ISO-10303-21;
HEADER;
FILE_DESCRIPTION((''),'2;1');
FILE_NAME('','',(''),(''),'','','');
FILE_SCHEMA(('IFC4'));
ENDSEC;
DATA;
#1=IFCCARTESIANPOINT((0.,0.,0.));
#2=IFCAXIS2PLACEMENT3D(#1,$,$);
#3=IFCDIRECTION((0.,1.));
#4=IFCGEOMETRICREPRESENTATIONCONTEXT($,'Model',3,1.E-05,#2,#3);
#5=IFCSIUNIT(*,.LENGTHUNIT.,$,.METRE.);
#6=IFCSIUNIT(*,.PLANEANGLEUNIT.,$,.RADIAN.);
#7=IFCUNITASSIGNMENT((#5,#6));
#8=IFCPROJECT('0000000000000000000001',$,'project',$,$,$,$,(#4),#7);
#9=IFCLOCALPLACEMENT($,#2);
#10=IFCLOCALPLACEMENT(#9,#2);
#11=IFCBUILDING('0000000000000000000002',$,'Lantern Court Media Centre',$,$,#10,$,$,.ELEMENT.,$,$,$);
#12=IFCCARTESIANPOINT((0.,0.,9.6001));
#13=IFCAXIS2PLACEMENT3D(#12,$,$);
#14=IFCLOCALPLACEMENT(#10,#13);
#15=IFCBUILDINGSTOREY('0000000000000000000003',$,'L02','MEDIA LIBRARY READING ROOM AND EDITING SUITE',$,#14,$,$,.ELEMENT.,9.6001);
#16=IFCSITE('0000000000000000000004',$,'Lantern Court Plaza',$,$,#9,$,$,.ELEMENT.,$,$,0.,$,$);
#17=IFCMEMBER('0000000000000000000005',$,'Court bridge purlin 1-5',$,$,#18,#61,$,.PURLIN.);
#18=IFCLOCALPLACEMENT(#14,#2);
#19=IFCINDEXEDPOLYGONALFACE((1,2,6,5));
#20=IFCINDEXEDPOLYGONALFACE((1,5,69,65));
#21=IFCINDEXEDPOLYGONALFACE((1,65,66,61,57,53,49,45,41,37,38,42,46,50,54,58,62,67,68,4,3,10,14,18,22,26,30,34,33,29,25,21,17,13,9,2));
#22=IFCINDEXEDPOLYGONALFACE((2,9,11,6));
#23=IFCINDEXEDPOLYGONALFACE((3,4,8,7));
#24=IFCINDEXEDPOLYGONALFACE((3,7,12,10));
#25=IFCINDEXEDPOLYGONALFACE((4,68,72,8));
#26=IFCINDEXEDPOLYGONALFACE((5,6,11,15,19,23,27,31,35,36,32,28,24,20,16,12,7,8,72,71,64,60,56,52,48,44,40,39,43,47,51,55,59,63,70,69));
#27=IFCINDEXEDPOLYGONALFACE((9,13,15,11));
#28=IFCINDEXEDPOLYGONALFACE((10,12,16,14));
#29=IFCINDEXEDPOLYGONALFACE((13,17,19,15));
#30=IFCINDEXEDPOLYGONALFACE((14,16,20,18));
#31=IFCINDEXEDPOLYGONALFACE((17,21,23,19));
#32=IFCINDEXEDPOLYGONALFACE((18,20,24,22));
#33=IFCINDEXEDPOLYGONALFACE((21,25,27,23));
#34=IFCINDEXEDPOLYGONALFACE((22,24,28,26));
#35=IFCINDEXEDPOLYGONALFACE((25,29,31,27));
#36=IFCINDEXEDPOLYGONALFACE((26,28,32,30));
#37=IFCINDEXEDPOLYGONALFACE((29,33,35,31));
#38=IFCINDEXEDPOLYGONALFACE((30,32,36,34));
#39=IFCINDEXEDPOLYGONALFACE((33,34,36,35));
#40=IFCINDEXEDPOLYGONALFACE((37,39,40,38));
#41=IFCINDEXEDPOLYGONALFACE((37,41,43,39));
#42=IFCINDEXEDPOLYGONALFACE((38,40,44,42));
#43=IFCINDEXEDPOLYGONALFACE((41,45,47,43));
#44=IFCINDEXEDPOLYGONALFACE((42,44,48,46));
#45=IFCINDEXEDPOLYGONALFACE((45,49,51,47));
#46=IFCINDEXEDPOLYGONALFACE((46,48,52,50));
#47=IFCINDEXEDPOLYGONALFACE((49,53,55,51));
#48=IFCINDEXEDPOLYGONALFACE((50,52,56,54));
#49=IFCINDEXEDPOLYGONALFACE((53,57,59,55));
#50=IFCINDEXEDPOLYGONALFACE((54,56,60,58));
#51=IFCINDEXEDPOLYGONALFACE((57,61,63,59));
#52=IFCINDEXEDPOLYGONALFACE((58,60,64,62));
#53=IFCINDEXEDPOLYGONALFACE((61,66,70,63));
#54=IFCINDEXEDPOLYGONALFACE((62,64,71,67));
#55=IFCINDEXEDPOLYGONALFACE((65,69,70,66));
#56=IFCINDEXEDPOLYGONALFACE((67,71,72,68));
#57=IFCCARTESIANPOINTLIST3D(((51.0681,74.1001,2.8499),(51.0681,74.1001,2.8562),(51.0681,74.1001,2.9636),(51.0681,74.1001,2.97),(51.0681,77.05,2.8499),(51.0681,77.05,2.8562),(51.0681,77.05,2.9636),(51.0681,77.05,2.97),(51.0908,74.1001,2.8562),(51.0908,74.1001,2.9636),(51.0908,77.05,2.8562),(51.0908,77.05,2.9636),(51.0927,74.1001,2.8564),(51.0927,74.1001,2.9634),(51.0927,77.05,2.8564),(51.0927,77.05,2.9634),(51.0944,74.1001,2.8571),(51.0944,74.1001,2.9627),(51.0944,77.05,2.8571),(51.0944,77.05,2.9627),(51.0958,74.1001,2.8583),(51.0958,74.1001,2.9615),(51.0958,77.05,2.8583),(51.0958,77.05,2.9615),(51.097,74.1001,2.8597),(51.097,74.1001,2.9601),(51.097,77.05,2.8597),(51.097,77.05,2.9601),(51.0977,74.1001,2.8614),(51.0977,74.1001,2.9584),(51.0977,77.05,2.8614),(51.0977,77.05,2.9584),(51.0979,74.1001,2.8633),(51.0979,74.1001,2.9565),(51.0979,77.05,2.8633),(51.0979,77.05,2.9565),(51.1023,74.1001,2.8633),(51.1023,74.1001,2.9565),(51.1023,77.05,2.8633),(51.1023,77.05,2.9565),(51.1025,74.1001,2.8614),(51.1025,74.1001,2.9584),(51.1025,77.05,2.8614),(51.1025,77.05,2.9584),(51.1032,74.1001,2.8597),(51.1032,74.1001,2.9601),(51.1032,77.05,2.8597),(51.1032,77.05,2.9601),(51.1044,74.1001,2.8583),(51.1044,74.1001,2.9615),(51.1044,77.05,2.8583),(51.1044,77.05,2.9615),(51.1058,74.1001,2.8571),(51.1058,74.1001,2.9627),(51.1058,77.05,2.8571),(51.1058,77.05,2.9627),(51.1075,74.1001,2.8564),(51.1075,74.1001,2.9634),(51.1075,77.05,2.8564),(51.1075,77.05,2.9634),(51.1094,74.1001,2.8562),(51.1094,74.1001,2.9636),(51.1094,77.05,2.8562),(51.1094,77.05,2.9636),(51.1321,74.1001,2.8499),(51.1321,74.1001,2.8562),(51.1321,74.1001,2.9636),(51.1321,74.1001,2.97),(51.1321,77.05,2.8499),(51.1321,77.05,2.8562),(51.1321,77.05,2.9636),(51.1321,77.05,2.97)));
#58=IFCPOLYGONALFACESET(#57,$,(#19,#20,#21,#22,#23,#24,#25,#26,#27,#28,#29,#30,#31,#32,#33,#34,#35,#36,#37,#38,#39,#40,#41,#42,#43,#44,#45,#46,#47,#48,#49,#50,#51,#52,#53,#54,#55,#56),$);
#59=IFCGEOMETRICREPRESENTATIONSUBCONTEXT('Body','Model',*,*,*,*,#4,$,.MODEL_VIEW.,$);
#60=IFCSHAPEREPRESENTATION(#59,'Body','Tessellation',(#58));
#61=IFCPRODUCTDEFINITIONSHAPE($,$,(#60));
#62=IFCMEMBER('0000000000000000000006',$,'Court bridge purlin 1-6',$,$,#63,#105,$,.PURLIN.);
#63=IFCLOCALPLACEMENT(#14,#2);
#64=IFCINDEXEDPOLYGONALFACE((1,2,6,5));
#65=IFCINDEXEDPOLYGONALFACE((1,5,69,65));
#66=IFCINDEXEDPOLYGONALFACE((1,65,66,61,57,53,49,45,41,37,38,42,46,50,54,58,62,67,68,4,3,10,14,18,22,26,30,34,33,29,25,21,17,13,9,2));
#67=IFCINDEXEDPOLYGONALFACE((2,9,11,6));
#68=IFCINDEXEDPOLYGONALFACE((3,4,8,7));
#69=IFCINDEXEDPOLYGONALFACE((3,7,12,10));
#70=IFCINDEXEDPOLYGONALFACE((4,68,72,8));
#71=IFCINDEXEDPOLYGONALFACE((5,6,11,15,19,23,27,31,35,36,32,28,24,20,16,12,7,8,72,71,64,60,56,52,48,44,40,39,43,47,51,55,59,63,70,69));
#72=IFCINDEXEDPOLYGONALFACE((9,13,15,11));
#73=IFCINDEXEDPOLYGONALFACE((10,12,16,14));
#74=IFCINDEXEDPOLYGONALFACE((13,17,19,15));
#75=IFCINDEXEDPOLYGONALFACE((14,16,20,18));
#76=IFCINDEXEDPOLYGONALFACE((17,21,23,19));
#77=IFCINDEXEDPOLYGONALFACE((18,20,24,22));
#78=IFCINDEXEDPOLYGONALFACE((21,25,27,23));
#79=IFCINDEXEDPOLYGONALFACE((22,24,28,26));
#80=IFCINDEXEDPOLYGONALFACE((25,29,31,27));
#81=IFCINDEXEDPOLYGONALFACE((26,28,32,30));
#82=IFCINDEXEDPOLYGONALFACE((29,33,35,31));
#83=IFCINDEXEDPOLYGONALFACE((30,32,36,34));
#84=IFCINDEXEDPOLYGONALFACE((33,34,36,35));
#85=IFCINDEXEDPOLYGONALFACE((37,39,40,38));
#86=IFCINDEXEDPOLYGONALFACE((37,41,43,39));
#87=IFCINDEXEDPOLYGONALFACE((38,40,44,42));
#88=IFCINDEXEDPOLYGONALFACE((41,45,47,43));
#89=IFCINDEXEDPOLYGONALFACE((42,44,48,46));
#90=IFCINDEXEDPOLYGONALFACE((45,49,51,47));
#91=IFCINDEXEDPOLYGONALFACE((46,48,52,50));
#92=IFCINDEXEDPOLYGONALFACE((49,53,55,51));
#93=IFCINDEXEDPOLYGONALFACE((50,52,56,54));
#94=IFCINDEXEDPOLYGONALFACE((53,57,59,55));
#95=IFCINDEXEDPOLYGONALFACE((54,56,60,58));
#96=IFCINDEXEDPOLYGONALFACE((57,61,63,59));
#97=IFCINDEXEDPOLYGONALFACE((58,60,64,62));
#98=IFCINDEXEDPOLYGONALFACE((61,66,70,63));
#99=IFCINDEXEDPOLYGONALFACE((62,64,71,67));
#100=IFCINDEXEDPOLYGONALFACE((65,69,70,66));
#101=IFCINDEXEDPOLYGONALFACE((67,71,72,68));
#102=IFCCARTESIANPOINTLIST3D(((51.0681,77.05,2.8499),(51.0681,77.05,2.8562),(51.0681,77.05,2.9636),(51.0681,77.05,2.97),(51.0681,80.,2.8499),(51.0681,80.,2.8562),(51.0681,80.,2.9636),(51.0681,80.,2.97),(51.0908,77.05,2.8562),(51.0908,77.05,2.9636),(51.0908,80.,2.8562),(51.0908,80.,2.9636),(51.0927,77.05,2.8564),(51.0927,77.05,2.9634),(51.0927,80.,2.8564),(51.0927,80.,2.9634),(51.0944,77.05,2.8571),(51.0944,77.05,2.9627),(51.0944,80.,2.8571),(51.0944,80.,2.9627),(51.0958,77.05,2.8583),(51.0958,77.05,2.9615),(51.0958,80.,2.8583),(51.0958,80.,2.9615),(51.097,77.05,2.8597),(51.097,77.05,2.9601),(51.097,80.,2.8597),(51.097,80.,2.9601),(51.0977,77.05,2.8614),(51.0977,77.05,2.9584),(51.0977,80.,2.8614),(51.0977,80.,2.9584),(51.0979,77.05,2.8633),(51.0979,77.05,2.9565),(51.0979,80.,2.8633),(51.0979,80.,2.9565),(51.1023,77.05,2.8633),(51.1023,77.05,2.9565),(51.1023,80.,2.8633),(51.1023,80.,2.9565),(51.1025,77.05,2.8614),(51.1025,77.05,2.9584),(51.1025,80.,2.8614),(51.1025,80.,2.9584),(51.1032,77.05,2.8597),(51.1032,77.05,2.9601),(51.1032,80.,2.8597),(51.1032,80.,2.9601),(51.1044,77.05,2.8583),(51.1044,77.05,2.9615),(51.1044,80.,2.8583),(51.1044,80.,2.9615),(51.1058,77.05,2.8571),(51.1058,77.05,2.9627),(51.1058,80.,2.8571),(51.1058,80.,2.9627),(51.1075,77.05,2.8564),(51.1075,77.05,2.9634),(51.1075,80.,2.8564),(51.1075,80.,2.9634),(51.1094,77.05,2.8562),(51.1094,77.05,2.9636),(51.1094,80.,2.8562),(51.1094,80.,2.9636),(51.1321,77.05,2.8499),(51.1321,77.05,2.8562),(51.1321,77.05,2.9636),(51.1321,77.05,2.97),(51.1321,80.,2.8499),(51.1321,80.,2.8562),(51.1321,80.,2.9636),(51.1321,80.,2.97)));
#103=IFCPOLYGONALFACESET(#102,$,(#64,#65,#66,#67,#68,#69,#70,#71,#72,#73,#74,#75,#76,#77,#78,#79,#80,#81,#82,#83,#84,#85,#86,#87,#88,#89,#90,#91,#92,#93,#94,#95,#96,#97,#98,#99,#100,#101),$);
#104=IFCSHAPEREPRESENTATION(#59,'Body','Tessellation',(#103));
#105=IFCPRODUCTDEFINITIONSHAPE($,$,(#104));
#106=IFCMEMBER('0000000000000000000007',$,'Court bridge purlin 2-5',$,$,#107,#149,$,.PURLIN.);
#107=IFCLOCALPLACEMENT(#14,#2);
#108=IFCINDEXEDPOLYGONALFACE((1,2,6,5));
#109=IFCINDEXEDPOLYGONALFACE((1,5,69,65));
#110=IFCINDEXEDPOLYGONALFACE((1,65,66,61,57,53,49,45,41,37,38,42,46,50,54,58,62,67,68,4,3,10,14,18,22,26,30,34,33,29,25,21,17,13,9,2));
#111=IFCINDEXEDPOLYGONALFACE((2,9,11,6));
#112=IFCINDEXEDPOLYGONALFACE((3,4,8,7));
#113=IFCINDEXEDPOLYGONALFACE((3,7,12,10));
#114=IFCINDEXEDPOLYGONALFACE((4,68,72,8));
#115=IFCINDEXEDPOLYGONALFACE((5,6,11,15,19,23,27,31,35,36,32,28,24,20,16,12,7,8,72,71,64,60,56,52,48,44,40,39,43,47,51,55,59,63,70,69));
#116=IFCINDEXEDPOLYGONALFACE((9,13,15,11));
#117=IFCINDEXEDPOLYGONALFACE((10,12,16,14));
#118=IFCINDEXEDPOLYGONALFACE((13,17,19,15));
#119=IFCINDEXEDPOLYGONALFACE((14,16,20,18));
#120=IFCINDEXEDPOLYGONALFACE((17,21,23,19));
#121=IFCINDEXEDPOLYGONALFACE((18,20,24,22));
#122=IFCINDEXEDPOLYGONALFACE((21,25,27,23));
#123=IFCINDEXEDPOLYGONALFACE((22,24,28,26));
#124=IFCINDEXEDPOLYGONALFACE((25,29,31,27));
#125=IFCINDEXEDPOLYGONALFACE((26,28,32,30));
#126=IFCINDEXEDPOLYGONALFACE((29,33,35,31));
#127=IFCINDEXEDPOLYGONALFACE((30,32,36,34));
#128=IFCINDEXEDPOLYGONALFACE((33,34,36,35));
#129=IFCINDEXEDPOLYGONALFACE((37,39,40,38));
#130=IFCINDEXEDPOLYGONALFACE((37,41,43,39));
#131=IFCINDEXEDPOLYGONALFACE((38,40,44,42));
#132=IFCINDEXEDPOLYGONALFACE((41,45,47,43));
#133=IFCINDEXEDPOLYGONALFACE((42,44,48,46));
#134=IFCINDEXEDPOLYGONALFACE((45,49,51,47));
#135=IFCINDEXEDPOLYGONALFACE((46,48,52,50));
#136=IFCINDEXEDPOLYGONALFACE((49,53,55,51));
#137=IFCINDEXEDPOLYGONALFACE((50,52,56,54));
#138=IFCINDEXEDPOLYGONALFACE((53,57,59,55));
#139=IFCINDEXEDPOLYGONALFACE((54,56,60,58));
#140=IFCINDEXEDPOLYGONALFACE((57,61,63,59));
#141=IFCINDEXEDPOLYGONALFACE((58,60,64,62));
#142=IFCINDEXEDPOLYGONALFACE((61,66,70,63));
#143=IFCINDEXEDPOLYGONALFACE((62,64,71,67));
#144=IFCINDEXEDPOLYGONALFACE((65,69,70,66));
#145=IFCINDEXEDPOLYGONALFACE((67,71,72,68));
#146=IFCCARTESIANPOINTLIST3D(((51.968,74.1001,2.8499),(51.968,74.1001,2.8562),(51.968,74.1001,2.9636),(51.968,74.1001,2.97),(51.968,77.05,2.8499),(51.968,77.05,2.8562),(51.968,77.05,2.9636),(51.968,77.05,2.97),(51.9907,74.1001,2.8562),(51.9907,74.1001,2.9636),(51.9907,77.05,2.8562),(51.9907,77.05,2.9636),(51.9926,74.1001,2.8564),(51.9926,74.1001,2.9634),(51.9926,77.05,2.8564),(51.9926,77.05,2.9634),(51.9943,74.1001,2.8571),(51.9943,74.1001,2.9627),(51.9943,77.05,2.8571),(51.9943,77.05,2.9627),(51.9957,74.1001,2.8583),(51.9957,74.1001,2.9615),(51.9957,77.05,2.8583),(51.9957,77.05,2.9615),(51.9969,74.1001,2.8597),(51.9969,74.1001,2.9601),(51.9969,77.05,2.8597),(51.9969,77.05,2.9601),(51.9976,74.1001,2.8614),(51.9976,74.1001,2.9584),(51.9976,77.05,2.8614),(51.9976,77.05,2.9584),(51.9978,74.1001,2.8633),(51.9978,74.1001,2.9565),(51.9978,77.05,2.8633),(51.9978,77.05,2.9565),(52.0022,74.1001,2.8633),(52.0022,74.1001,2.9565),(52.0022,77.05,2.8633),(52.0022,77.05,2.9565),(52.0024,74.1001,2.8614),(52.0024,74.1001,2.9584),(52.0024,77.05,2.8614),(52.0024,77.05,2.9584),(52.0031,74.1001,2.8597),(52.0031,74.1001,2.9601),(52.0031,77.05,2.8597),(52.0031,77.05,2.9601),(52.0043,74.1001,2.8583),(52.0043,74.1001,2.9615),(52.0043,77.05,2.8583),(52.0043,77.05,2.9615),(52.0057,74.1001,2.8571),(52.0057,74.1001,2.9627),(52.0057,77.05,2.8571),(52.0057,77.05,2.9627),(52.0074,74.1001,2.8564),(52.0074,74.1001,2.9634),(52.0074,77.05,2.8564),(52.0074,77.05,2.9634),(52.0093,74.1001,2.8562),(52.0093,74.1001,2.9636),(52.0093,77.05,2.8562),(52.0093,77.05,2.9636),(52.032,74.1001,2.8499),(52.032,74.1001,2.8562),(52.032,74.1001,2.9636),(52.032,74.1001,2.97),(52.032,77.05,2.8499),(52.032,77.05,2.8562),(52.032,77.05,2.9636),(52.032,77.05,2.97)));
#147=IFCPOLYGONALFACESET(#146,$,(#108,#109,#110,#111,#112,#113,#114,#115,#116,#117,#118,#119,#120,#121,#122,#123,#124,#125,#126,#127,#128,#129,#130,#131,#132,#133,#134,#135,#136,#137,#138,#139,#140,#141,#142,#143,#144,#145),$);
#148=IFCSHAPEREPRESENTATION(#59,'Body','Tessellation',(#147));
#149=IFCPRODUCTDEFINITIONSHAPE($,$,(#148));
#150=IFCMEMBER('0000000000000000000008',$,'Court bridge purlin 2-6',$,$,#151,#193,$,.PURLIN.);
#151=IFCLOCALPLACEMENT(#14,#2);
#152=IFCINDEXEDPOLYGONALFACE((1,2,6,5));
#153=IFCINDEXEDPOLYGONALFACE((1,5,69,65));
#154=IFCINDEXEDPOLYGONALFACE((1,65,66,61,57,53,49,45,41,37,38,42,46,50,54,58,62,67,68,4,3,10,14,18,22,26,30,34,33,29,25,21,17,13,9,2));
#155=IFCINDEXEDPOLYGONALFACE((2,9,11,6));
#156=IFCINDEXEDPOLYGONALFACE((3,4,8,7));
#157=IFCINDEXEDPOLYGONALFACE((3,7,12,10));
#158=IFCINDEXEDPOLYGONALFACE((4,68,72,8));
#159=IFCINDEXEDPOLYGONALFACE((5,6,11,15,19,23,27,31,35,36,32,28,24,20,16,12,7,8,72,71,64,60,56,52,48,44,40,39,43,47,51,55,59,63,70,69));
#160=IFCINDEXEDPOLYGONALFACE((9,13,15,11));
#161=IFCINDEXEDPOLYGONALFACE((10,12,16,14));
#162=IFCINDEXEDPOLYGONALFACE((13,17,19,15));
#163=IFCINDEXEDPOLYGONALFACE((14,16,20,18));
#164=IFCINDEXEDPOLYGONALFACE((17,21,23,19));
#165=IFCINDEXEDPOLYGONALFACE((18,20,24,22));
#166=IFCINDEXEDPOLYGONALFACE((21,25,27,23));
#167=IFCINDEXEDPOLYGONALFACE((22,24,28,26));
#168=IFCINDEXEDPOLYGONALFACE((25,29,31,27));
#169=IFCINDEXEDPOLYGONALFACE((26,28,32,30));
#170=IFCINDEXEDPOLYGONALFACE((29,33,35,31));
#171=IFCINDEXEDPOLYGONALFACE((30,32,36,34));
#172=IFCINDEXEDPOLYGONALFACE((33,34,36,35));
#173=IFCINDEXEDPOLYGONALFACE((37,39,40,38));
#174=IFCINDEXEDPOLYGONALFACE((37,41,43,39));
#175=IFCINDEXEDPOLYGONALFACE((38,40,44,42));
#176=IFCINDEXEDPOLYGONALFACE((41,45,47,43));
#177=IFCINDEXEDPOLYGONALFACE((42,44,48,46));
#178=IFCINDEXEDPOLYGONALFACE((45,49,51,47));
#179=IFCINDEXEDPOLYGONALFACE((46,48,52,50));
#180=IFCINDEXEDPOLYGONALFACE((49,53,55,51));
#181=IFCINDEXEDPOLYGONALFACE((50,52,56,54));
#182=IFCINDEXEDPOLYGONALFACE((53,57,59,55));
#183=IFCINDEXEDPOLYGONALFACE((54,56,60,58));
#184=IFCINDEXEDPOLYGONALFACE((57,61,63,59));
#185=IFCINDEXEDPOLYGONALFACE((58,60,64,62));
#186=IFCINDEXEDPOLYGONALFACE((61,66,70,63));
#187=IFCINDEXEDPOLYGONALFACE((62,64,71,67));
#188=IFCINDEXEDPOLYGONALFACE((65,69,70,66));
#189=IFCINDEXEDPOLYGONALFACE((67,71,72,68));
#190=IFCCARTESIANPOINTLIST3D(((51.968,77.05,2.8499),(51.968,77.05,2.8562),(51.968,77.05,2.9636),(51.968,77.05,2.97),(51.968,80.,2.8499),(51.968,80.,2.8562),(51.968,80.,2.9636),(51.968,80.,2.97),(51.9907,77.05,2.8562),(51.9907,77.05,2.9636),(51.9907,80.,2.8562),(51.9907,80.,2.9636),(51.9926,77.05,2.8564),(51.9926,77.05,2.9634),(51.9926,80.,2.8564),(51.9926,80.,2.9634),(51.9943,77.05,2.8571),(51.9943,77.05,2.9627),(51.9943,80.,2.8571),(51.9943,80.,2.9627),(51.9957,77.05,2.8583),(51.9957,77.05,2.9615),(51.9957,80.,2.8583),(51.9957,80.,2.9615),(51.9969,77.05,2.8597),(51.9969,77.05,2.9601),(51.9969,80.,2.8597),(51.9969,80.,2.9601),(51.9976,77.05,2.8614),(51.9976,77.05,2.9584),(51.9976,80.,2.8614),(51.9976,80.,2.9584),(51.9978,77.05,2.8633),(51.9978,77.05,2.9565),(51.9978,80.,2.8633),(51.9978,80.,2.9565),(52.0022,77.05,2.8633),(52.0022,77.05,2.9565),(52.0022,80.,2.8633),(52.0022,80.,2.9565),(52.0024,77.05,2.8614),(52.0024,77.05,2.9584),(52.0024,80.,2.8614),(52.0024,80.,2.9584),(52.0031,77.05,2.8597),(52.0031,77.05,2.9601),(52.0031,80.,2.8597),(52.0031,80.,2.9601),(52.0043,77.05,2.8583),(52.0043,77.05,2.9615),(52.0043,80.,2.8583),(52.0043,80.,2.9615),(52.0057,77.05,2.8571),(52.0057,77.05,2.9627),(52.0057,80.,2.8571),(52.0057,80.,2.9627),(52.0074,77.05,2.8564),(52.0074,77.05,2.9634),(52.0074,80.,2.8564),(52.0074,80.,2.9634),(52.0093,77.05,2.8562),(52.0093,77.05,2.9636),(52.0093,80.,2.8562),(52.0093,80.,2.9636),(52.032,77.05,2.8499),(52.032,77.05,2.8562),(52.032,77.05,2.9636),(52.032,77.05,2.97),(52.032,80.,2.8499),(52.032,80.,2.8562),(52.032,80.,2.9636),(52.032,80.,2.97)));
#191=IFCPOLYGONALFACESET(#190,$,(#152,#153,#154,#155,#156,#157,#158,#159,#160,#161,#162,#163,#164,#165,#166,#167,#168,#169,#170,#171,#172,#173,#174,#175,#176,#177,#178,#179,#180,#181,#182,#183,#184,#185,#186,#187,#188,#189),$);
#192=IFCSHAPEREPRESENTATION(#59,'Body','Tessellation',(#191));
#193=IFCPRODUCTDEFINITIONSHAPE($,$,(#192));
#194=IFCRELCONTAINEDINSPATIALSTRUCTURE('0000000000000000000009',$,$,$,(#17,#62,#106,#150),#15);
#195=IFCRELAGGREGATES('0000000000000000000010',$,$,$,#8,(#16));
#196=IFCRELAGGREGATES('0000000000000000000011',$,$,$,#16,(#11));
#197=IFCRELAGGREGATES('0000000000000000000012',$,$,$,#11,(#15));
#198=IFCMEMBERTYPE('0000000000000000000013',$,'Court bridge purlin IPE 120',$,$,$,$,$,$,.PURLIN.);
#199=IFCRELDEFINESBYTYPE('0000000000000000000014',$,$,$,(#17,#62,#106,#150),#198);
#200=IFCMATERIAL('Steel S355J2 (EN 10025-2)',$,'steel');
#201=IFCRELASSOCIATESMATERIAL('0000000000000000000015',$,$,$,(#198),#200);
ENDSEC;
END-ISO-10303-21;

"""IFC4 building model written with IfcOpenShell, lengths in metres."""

from ifc_helpers import new_model, si_unit, direction, frame, origin, origin_2d, place, context, subcontext, project, spatial, i_section, extrude, material, material_profile, profile_set, type_object, element, save


model = new_model("IFC4")

# Units and contexts
model_context = context("Model", 3, precision=1e-05, world=origin(), true_north=direction((0.0, 1.0)))
body_context = subcontext(model_context, "Body", "Model", "MODEL_VIEW")
ifc_project = project(units=[si_unit("LENGTHUNIT", "METRE"), si_unit("PLANEANGLEUNIT", "RADIAN")], contexts=[model_context])

# Site, building, storey
site_placement = place(None, origin())
site = spatial("IfcSite", under=ifc_project, at=site_placement, Name="Lantern Court Plaza", CompositionType="ELEMENT", RefElevation=0.0)
building_placement = place(site_placement, origin())
building = spatial("IfcBuilding", under=site, at=building_placement, Name="Lantern Court Media Centre", CompositionType="ELEMENT")
storey_placement = place(building_placement, frame((0.0, 0.0, 9.6001)))
storey = spatial("IfcBuildingStorey", under=building, at=storey_placement, Name="L02", Description="MEDIA LIBRARY READING ROOM AND EDITING SUITE", CompositionType="ELEMENT", Elevation=9.6001)

# Shared definitions
ifc_material_1 = material(Name="Steel S355J2 (EN 10025-2)", Category="steel")

# Members
ifc_material_profile_1 = material_profile(ifc_material_1, i_section(OverallWidth=0.064, OverallDepth=0.1201, WebThickness=0.0044, FlangeThickness=0.0063, FilletRadius=0.0071, at=origin_2d()), Name="IPE 120")
ifc_profile_set_1 = profile_set([ifc_material_profile_1], Name="Steel S355J2 (EN 10025-2)")
member_type_1 = type_object("IfcMemberType", Name="Court bridge purlin IPE 120", PredefinedType="PURLIN", material=ifc_profile_set_1)
for number, where, z_axis, x_axis, name in (
    (1, (51.1001, 74.1001, 2.9099), (0.0, 1.0, 0.0), (-1.0, 0.0, 0.0), "Court bridge purlin 1-5"),
    (2, (51.1001, 77.05, 2.9099), (0.0, 1.0, 0.0), (-1.0, 0.0, 0.0), "Court bridge purlin 1-6"),
    (3, (52.0, 74.1001, 2.9099), (0.0, 1.0, 0.0), (-1.0, 0.0, 0.0), "Court bridge purlin 2-5"),
    (4, (52.0, 77.05, 2.9099), (0.0, 1.0, 0.0), (-1.0, 0.0, 0.0), "Court bridge purlin 2-6"),
):
    element("IfcMember", number, at=place(storey_placement, frame(where, z_axis=z_axis, x_axis=x_axis)), inside=storey, type_object=member_type_1, Name=name, PredefinedType="PURLIN", context=body_context, shape_type="SweptSolid", body=[
        extrude(i_section(OverallWidth=0.064, OverallDepth=0.1201, WebThickness=0.0044, FlangeThickness=0.0063, FilletRadius=0.0071, at=origin_2d()), origin(), (0.0, 0.0, 1.0), 2.95),
    ])

save(model, "model.ifc")
